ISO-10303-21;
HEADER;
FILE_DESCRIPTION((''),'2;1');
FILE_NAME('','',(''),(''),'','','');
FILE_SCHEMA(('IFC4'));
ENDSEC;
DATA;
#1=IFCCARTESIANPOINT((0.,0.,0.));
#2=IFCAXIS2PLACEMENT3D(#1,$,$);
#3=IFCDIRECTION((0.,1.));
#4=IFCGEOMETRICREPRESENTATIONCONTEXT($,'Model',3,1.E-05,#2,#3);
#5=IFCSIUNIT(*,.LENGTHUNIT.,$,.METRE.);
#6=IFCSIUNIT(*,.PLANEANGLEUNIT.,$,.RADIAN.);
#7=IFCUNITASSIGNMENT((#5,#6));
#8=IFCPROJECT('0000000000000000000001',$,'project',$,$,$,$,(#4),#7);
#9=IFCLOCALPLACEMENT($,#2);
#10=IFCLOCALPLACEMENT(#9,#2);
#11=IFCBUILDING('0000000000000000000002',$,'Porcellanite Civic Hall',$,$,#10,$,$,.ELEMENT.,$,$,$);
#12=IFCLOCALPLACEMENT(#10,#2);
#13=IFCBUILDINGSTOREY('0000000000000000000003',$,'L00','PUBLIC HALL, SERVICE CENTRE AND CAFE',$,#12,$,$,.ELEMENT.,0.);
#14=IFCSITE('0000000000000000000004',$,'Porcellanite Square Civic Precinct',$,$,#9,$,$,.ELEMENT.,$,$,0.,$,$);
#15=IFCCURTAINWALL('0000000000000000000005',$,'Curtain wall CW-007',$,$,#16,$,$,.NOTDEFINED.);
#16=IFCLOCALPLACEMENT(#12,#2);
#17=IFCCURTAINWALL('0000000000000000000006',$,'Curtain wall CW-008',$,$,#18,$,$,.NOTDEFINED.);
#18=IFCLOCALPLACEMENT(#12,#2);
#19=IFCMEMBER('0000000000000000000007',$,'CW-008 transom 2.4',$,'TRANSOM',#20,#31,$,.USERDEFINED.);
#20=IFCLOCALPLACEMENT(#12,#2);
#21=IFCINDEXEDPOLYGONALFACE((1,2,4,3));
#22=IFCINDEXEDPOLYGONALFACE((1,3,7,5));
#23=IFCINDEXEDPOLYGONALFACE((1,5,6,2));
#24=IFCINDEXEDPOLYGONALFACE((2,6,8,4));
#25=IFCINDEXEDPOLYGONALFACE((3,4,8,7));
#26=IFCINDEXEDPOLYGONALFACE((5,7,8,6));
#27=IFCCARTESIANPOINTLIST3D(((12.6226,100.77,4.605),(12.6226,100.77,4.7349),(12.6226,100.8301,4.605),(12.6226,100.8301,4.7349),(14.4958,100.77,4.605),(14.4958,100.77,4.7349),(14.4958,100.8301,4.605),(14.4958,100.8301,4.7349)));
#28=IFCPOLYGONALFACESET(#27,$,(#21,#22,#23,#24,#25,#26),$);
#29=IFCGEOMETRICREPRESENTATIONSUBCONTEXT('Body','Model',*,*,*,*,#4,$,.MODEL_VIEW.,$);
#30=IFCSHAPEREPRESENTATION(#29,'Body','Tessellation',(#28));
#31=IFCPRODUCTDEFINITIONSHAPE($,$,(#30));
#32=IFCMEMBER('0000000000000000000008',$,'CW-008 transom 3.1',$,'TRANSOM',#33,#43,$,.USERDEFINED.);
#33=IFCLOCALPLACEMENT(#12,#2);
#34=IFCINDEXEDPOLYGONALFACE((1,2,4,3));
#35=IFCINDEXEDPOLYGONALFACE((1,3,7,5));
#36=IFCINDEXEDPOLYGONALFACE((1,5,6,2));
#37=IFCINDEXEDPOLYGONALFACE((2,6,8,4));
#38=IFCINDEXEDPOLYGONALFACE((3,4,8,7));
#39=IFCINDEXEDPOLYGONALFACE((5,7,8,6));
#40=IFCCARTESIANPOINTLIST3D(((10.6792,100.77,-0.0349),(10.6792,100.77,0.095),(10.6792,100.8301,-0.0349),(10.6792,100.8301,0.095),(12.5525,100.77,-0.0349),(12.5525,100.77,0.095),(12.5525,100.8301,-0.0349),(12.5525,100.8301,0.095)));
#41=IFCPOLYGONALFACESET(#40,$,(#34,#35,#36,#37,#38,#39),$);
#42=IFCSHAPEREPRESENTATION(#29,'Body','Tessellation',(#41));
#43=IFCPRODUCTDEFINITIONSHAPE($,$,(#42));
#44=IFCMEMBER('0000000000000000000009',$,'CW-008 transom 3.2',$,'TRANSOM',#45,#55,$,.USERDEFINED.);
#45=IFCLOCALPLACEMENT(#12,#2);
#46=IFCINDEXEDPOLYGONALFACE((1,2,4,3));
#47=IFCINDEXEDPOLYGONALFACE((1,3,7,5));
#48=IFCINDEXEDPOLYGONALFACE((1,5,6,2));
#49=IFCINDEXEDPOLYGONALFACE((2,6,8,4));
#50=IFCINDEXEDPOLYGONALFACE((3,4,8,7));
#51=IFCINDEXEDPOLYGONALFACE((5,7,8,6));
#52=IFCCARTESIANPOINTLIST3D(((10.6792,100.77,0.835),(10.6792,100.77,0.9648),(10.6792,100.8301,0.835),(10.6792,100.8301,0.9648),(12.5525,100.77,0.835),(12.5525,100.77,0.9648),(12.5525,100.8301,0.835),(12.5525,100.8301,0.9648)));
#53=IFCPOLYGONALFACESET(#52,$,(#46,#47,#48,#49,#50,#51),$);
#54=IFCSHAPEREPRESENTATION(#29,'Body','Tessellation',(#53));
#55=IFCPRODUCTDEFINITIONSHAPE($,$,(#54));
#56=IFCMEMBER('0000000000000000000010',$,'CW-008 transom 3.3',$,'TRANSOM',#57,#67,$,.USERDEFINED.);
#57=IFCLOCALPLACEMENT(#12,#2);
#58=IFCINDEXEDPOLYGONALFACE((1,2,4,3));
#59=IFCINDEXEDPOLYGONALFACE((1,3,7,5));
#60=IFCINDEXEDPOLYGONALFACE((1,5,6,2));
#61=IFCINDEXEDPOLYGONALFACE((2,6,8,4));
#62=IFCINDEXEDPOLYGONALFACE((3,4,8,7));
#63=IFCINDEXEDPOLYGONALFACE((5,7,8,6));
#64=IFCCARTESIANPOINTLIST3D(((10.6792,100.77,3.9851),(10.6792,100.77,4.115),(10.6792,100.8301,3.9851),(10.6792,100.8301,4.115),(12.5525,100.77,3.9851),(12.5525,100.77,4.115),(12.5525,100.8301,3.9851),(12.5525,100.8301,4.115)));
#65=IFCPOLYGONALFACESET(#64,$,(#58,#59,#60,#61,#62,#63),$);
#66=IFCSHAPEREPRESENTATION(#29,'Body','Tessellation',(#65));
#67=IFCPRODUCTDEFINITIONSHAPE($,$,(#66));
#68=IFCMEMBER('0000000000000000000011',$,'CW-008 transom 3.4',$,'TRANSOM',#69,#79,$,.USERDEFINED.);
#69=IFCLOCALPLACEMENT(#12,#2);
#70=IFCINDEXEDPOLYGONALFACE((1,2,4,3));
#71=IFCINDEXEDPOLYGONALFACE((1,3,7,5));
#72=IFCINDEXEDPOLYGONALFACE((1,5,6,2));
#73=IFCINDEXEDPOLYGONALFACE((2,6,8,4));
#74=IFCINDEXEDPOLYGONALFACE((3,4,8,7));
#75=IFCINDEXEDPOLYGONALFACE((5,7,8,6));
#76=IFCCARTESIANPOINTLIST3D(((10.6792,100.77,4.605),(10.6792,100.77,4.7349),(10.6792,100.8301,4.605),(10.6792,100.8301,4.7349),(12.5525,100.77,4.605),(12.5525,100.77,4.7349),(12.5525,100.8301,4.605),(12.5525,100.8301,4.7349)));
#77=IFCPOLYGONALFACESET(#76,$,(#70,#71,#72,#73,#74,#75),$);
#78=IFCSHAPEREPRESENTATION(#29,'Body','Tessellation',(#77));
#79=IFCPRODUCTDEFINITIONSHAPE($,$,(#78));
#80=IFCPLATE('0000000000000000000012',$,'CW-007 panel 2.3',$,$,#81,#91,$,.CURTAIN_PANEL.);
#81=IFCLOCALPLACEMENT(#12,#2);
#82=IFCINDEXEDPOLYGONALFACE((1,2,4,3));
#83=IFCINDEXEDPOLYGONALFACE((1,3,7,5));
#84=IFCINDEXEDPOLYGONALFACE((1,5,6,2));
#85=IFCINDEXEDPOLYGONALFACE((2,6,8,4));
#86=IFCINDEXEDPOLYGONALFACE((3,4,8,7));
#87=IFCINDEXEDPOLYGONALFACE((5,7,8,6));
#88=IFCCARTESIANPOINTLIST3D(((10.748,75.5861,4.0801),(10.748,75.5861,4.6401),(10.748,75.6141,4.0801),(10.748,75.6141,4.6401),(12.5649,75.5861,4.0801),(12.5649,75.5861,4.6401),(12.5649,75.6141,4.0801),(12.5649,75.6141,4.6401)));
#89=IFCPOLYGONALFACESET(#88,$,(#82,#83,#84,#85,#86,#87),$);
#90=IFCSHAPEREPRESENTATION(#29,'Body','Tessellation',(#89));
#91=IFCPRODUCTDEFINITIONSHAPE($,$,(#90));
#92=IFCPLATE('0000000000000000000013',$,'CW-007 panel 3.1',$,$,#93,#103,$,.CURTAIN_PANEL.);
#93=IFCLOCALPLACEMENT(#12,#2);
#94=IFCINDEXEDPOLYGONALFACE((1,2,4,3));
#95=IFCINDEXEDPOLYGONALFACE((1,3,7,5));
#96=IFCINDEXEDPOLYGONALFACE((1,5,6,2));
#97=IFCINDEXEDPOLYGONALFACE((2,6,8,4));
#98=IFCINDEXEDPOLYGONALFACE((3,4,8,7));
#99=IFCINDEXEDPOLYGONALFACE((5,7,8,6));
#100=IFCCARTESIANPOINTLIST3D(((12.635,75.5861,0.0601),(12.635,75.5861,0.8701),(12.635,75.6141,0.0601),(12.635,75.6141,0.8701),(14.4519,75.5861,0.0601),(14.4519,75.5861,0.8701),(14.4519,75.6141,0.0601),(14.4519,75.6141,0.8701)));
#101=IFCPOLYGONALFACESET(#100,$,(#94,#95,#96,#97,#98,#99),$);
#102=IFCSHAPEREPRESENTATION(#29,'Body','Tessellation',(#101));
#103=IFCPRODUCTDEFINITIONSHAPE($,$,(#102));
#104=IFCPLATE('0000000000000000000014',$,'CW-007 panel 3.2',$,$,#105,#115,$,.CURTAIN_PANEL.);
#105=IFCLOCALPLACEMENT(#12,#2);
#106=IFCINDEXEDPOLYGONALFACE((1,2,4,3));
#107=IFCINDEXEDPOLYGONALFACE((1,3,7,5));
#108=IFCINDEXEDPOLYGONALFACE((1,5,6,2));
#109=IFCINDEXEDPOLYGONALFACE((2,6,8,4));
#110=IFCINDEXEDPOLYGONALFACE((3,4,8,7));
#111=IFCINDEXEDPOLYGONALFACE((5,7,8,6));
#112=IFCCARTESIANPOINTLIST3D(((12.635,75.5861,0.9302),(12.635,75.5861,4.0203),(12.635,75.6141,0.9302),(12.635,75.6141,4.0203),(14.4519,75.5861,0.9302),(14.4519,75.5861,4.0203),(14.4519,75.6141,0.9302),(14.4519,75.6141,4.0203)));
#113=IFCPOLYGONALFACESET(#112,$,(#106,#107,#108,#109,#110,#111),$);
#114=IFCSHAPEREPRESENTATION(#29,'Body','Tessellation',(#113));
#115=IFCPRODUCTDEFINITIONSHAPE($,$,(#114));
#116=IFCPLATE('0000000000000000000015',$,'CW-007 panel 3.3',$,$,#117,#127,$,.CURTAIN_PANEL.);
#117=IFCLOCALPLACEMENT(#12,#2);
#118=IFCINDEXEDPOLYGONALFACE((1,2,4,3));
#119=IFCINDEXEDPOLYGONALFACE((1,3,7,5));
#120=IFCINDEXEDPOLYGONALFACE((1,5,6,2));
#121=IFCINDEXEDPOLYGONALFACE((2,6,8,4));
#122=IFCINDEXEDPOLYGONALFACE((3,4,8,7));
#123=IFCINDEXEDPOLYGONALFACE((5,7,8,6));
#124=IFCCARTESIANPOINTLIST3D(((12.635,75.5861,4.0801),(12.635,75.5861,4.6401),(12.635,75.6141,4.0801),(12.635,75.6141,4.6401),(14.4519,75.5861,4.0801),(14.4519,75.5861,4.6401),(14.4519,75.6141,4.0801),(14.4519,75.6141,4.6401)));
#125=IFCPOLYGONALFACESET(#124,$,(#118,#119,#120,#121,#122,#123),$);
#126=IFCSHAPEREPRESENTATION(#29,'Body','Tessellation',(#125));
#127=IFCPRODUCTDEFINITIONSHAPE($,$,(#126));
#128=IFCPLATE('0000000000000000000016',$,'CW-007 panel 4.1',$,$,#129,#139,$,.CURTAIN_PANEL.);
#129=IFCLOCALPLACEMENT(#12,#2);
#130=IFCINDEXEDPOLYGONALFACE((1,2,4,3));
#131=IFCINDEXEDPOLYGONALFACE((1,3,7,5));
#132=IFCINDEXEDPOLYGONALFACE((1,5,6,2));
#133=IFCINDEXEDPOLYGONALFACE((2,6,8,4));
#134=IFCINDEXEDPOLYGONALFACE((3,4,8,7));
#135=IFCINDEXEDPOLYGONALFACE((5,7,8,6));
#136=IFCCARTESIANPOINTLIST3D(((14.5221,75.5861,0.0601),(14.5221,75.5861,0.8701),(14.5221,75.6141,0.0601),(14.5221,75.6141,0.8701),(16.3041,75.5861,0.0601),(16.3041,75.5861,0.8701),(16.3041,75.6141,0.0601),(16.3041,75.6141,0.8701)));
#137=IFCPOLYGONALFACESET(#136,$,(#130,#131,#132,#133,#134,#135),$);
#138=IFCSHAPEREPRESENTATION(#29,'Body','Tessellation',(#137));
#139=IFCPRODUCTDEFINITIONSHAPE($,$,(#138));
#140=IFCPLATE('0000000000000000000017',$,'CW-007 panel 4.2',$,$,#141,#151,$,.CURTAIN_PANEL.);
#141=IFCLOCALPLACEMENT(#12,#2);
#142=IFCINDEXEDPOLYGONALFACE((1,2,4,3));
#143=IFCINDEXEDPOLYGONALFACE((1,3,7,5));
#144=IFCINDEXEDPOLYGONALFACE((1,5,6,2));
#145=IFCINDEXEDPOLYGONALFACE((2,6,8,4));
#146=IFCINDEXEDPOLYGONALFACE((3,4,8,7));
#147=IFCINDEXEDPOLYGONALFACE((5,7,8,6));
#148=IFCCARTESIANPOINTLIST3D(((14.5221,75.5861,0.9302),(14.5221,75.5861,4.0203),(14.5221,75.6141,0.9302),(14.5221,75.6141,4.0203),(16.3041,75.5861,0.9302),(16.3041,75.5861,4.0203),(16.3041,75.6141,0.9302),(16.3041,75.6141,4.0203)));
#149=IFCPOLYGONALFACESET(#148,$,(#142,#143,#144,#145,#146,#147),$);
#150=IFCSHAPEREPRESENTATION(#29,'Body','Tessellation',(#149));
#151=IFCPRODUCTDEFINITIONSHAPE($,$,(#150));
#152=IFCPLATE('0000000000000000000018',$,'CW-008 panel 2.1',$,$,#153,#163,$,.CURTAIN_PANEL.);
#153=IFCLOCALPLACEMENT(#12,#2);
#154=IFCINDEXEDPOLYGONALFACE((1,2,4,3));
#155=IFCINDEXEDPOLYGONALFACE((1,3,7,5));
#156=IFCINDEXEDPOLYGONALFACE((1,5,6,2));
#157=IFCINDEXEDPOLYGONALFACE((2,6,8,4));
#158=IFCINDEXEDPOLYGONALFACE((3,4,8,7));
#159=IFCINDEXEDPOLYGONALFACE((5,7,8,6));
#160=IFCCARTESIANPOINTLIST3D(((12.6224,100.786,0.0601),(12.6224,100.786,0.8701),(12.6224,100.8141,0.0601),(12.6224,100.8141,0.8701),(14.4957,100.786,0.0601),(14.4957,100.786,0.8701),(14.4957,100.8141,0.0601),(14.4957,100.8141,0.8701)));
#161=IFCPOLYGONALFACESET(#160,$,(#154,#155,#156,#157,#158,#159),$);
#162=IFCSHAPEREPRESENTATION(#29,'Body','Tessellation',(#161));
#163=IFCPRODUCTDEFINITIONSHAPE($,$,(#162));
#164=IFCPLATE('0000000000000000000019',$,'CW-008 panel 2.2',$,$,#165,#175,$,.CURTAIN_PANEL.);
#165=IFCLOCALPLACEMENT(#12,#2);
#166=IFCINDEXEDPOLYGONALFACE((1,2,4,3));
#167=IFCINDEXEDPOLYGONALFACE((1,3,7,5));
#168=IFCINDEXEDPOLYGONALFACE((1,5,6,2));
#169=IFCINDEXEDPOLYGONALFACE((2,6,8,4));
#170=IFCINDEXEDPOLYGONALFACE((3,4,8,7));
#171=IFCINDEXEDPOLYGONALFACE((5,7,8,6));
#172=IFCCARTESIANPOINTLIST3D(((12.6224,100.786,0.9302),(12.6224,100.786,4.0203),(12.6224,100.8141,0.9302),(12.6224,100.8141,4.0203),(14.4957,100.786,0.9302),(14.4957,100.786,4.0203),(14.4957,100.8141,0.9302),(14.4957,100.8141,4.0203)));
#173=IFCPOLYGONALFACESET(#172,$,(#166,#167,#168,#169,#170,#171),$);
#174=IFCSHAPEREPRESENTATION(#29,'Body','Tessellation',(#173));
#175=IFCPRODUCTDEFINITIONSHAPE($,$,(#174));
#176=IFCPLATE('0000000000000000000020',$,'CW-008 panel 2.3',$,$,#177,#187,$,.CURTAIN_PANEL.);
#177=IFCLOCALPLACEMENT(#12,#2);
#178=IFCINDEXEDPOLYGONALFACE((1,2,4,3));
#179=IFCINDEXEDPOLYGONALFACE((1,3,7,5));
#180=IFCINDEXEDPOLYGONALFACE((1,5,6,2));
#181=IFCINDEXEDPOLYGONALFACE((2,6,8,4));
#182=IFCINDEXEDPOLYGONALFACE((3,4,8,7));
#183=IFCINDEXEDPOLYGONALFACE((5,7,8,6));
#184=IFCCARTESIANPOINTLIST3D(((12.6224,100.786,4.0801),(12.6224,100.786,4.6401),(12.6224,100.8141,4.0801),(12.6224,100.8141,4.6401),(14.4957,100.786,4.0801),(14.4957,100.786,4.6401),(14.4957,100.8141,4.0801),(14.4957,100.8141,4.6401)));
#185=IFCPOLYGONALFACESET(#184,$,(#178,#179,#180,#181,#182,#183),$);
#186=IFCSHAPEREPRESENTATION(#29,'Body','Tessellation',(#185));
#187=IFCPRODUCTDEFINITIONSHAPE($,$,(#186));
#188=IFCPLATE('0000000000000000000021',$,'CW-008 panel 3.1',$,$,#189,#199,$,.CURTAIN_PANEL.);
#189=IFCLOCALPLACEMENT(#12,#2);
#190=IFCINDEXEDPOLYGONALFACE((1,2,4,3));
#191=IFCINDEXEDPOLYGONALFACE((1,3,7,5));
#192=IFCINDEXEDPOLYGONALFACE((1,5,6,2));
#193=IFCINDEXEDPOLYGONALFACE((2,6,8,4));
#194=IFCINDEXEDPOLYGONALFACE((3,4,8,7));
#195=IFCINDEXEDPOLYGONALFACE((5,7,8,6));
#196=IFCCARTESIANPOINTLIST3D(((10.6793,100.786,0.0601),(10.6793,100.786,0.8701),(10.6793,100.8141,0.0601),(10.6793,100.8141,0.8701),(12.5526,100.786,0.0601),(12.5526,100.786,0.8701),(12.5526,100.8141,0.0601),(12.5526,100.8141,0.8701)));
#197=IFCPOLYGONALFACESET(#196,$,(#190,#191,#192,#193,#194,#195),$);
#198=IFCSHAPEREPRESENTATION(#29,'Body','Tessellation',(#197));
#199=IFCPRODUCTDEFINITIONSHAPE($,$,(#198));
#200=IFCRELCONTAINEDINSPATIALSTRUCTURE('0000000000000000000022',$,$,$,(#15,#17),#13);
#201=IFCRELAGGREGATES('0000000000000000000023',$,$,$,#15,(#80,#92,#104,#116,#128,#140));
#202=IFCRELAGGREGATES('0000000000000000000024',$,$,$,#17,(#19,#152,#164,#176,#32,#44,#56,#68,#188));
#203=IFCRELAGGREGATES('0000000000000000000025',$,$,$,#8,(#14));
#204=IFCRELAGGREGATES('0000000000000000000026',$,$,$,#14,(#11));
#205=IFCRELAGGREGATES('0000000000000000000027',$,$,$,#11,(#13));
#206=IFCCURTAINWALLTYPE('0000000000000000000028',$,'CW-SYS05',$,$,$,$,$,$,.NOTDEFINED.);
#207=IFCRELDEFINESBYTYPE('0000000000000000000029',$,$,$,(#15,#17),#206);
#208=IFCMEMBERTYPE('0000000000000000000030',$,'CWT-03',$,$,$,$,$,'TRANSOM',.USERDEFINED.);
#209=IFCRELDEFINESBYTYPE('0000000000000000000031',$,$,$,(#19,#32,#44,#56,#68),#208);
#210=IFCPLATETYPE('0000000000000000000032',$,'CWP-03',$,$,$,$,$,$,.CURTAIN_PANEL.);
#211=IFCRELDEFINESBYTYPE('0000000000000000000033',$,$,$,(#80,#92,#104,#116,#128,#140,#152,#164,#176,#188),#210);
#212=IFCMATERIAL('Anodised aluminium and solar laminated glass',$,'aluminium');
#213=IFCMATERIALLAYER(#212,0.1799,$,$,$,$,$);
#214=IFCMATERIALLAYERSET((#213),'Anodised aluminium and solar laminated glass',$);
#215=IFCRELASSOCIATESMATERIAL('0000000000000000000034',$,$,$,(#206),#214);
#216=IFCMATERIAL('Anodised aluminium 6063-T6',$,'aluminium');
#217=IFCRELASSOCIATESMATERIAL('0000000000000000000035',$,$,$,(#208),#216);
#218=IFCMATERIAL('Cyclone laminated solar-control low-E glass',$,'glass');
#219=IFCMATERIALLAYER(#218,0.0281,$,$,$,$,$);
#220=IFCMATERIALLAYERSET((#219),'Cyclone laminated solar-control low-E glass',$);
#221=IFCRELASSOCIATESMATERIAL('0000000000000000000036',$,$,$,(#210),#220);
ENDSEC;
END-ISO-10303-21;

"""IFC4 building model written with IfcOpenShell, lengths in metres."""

from ifc_helpers import new_model, si_unit, direction, frame, origin, origin_2d, place, context, subcontext, project, spatial, rectangle, extrude, material, layer, layer_set, material_profile, profile_set, type_object, element, aggregate, save


model = new_model("IFC4")

# Units and contexts
model_context = context("Model", 3, precision=1e-05, world=origin(), true_north=direction((0.0, 1.0)))
body_context = subcontext(model_context, "Body", "Model", "MODEL_VIEW")
ifc_project = project(units=[si_unit("LENGTHUNIT", "METRE"), si_unit("PLANEANGLEUNIT", "RADIAN")], contexts=[model_context])

# Site, building, storey
site_placement = place(None, origin())
site = spatial("IfcSite", under=ifc_project, at=site_placement, Name="Porcellanite Square Civic Precinct", CompositionType="ELEMENT", RefElevation=0.0)
building_placement = place(site_placement, origin())
building = spatial("IfcBuilding", under=site, at=building_placement, Name="Porcellanite Civic Hall", CompositionType="ELEMENT")
storey_placement = place(building_placement, origin())
storey = spatial("IfcBuildingStorey", under=building, at=storey_placement, Name="L00", Description="PUBLIC HALL, SERVICE CENTRE AND CAFE", CompositionType="ELEMENT", Elevation=0.0)

# Curtain walls
ifc_material_1 = material(Name="Anodised aluminium and solar laminated glass", Category="aluminium")
ifc_layer_1 = layer(ifc_material_1, 0.1799)
ifc_layer_set_1 = layer_set([ifc_layer_1], Name="Anodised aluminium and solar laminated glass")
curtain_wall_type = type_object("IfcCurtainWallType", Name="CW-SYS05", PredefinedType="NOTDEFINED", material=ifc_layer_set_1)
curtain_wall_1_placement = place(storey_placement, origin())
curtain_wall_1 = element("IfcCurtainWall", 1, at=curtain_wall_1_placement, inside=storey, type_object=curtain_wall_type, Name="Curtain wall CW-007", PredefinedType="NOTDEFINED")
curtain_wall_2_placement = place(storey_placement, origin())
curtain_wall_2 = element("IfcCurtainWall", 2, at=curtain_wall_2_placement, inside=storey, type_object=curtain_wall_type, Name="Curtain wall CW-008", PredefinedType="NOTDEFINED")

# Members
ifc_material_2 = material(Name="Anodised aluminium 6063-T6", Category="aluminium")
ifc_material_profile_1 = material_profile(ifc_material_2, rectangle(XDim=0.0601, YDim=0.1299, at=origin_2d()), Name="AL-60x130")
ifc_profile_set_1 = profile_set([ifc_material_profile_1], Name="Anodised aluminium 6063-T6")
member_type_1 = type_object("IfcMemberType", Name="CWT-03", ElementType="TRANSOM", PredefinedType="USERDEFINED", material=ifc_profile_set_1)
member_1_placement = place(storey_placement, frame((14.4958, 100.8, 4.6699), z_axis=(-1.0, 0.0, 0.0), x_axis=(0.0, -1.0, 0.0)))
member_1 = element("IfcMember", 3, at=member_1_placement, type_object=member_type_1, Name="CW-008 transom 2.4", ObjectType="TRANSOM", PredefinedType="USERDEFINED", context=body_context, shape_type="SweptSolid", body=[
    extrude(rectangle(XDim=0.0601, YDim=0.1299, at=origin_2d()), origin(), (0.0, 0.0, 1.0), 1.8733),
])
member_2_placement = place(storey_placement, frame((12.5525, 100.8, 0.03), z_axis=(-1.0, 0.0, 0.0), x_axis=(0.0, -1.0, 0.0)))
member_2 = element("IfcMember", 4, at=member_2_placement, type_object=member_type_1, Name="CW-008 transom 3.1", ObjectType="TRANSOM", PredefinedType="USERDEFINED", context=body_context, shape_type="SweptSolid", body=[
    extrude(rectangle(XDim=0.0601, YDim=0.1299, at=origin_2d()), origin(), (0.0, 0.0, 1.0), 1.8733),
])
member_3_placement = place(storey_placement, frame((12.5525, 100.8, 0.8999), z_axis=(-1.0, 0.0, 0.0), x_axis=(0.0, -1.0, 0.0)))
member_3 = element("IfcMember", 5, at=member_3_placement, type_object=member_type_1, Name="CW-008 transom 3.2", ObjectType="TRANSOM", PredefinedType="USERDEFINED", context=body_context, shape_type="SweptSolid", body=[
    extrude(rectangle(XDim=0.0601, YDim=0.1299, at=origin_2d()), origin(), (0.0, 0.0, 1.0), 1.8733),
])
member_4_placement = place(storey_placement, frame((12.5525, 100.8, 4.05), z_axis=(-1.0, 0.0, 0.0), x_axis=(0.0, -1.0, 0.0)))
member_4 = element("IfcMember", 6, at=member_4_placement, type_object=member_type_1, Name="CW-008 transom 3.3", ObjectType="TRANSOM", PredefinedType="USERDEFINED", context=body_context, shape_type="SweptSolid", body=[
    extrude(rectangle(XDim=0.0601, YDim=0.1299, at=origin_2d()), origin(), (0.0, 0.0, 1.0), 1.8733),
])
member_5_placement = place(storey_placement, frame((12.5525, 100.8, 4.6699), z_axis=(-1.0, 0.0, 0.0), x_axis=(0.0, -1.0, 0.0)))
member_5 = element("IfcMember", 7, at=member_5_placement, type_object=member_type_1, Name="CW-008 transom 3.4", ObjectType="TRANSOM", PredefinedType="USERDEFINED", context=body_context, shape_type="SweptSolid", body=[
    extrude(rectangle(XDim=0.0601, YDim=0.1299, at=origin_2d()), origin(), (0.0, 0.0, 1.0), 1.8733),
])

# Plates
ifc_material_3 = material(Name="Cyclone laminated solar-control low-E glass", Category="glass")
ifc_layer_2 = layer(ifc_material_3, 0.0281)
ifc_layer_set_2 = layer_set([ifc_layer_2], Name="Cyclone laminated solar-control low-E glass")
plate_type = type_object("IfcPlateType", Name="CWP-03", PredefinedType="CURTAIN_PANEL", material=ifc_layer_set_2)
plate_1_placement = place(storey_placement, frame((11.6565, 75.6001, 4.0801), z_axis=(0.0, 0.0, 1.0), x_axis=(1.0, 0.0, 0.0)))
plate_1 = element("IfcPlate", 8, at=plate_1_placement, type_object=plate_type, Name="CW-007 panel 2.3", PredefinedType="CURTAIN_PANEL", context=body_context, shape_type="SweptSolid", body=[
    extrude(rectangle(XDim=1.8169, YDim=0.0281, at=origin_2d()), origin(), (0.0, 0.0, 1.0), 0.5601),
])
plate_2_placement = place(storey_placement, frame((13.5435, 75.6001, 0.0601), z_axis=(0.0, 0.0, 1.0), x_axis=(1.0, 0.0, 0.0)))
plate_2 = element("IfcPlate", 9, at=plate_2_placement, type_object=plate_type, Name="CW-007 panel 3.1", PredefinedType="CURTAIN_PANEL", context=body_context, shape_type="SweptSolid", body=[
    extrude(rectangle(XDim=1.8169, YDim=0.0281, at=origin_2d()), origin(), (0.0, 0.0, 1.0), 0.8101),
])
plate_3_placement = place(storey_placement, frame((13.5435, 75.6001, 0.9302), z_axis=(0.0, 0.0, 1.0), x_axis=(1.0, 0.0, 0.0)))
plate_3 = element("IfcPlate", 10, at=plate_3_placement, type_object=plate_type, Name="CW-007 panel 3.2", PredefinedType="CURTAIN_PANEL", context=body_context, shape_type="SweptSolid", body=[
    extrude(rectangle(XDim=1.8169, YDim=0.0281, at=origin_2d()), origin(), (0.0, 0.0, 1.0), 3.0901),
])
plate_4_placement = place(storey_placement, frame((13.5435, 75.6001, 4.0801), z_axis=(0.0, 0.0, 1.0), x_axis=(1.0, 0.0, 0.0)))
plate_4 = element("IfcPlate", 11, at=plate_4_placement, type_object=plate_type, Name="CW-007 panel 3.3", PredefinedType="CURTAIN_PANEL", context=body_context, shape_type="SweptSolid", body=[
    extrude(rectangle(XDim=1.8169, YDim=0.0281, at=origin_2d()), origin(), (0.0, 0.0, 1.0), 0.5601),
])
plate_5_placement = place(storey_placement, frame((15.4131, 75.6001, 0.0601), z_axis=(0.0, 0.0, 1.0), x_axis=(1.0, 0.0, 0.0)))
plate_5 = element("IfcPlate", 12, at=plate_5_placement, type_object=plate_type, Name="CW-007 panel 4.1", PredefinedType="CURTAIN_PANEL", context=body_context, shape_type="SweptSolid", body=[
    extrude(rectangle(XDim=1.782, YDim=0.0281, at=origin_2d()), origin(), (0.0, 0.0, 1.0), 0.8101),
])
plate_6_placement = place(storey_placement, frame((15.4131, 75.6001, 0.9302), z_axis=(0.0, 0.0, 1.0), x_axis=(1.0, 0.0, 0.0)))
plate_6 = element("IfcPlate", 13, at=plate_6_placement, type_object=plate_type, Name="CW-007 panel 4.2", PredefinedType="CURTAIN_PANEL", context=body_context, shape_type="SweptSolid", body=[
    extrude(rectangle(XDim=1.782, YDim=0.0281, at=origin_2d()), origin(), (0.0, 0.0, 1.0), 3.0901),
])
aggregate(curtain_wall_1, [plate_1, plate_2, plate_3, plate_4, plate_5, plate_6])
plate_7_placement = place(storey_placement, frame((13.5591, 100.8, 0.0601), z_axis=(0.0, 0.0, 1.0), x_axis=(-1.0, 0.0, 0.0)))
plate_7 = element("IfcPlate", 14, at=plate_7_placement, type_object=plate_type, Name="CW-008 panel 2.1", PredefinedType="CURTAIN_PANEL", context=body_context, shape_type="SweptSolid", body=[
    extrude(rectangle(XDim=1.8733, YDim=0.0281, at=origin_2d()), origin(), (0.0, 0.0, 1.0), 0.8101),
])
plate_8_placement = place(storey_placement, frame((13.5591, 100.8, 0.9302), z_axis=(0.0, 0.0, 1.0), x_axis=(-1.0, 0.0, 0.0)))
plate_8 = element("IfcPlate", 15, at=plate_8_placement, type_object=plate_type, Name="CW-008 panel 2.2", PredefinedType="CURTAIN_PANEL", context=body_context, shape_type="SweptSolid", body=[
    extrude(rectangle(XDim=1.8733, YDim=0.0281, at=origin_2d()), origin(), (0.0, 0.0, 1.0), 3.0901),
])
plate_9_placement = place(storey_placement, frame((13.5591, 100.8, 4.0801), z_axis=(0.0, 0.0, 1.0), x_axis=(-1.0, 0.0, 0.0)))
plate_9 = element("IfcPlate", 16, at=plate_9_placement, type_object=plate_type, Name="CW-008 panel 2.3", PredefinedType="CURTAIN_PANEL", context=body_context, shape_type="SweptSolid", body=[
    extrude(rectangle(XDim=1.8733, YDim=0.0281, at=origin_2d()), origin(), (0.0, 0.0, 1.0), 0.5601),
])
plate_10_placement = place(storey_placement, frame((11.616, 100.8, 0.0601), z_axis=(0.0, 0.0, 1.0), x_axis=(-1.0, 0.0, 0.0)))
plate_10 = element("IfcPlate", 17, at=plate_10_placement, type_object=plate_type, Name="CW-008 panel 3.1", PredefinedType="CURTAIN_PANEL", context=body_context, shape_type="SweptSolid", body=[
    extrude(rectangle(XDim=1.8733, YDim=0.0281, at=origin_2d()), origin(), (0.0, 0.0, 1.0), 0.8101),
])
aggregate(curtain_wall_2, [member_1, plate_7, plate_8, plate_9, member_2, member_3, member_4, member_5, plate_10])

save(model, "model.ifc")
